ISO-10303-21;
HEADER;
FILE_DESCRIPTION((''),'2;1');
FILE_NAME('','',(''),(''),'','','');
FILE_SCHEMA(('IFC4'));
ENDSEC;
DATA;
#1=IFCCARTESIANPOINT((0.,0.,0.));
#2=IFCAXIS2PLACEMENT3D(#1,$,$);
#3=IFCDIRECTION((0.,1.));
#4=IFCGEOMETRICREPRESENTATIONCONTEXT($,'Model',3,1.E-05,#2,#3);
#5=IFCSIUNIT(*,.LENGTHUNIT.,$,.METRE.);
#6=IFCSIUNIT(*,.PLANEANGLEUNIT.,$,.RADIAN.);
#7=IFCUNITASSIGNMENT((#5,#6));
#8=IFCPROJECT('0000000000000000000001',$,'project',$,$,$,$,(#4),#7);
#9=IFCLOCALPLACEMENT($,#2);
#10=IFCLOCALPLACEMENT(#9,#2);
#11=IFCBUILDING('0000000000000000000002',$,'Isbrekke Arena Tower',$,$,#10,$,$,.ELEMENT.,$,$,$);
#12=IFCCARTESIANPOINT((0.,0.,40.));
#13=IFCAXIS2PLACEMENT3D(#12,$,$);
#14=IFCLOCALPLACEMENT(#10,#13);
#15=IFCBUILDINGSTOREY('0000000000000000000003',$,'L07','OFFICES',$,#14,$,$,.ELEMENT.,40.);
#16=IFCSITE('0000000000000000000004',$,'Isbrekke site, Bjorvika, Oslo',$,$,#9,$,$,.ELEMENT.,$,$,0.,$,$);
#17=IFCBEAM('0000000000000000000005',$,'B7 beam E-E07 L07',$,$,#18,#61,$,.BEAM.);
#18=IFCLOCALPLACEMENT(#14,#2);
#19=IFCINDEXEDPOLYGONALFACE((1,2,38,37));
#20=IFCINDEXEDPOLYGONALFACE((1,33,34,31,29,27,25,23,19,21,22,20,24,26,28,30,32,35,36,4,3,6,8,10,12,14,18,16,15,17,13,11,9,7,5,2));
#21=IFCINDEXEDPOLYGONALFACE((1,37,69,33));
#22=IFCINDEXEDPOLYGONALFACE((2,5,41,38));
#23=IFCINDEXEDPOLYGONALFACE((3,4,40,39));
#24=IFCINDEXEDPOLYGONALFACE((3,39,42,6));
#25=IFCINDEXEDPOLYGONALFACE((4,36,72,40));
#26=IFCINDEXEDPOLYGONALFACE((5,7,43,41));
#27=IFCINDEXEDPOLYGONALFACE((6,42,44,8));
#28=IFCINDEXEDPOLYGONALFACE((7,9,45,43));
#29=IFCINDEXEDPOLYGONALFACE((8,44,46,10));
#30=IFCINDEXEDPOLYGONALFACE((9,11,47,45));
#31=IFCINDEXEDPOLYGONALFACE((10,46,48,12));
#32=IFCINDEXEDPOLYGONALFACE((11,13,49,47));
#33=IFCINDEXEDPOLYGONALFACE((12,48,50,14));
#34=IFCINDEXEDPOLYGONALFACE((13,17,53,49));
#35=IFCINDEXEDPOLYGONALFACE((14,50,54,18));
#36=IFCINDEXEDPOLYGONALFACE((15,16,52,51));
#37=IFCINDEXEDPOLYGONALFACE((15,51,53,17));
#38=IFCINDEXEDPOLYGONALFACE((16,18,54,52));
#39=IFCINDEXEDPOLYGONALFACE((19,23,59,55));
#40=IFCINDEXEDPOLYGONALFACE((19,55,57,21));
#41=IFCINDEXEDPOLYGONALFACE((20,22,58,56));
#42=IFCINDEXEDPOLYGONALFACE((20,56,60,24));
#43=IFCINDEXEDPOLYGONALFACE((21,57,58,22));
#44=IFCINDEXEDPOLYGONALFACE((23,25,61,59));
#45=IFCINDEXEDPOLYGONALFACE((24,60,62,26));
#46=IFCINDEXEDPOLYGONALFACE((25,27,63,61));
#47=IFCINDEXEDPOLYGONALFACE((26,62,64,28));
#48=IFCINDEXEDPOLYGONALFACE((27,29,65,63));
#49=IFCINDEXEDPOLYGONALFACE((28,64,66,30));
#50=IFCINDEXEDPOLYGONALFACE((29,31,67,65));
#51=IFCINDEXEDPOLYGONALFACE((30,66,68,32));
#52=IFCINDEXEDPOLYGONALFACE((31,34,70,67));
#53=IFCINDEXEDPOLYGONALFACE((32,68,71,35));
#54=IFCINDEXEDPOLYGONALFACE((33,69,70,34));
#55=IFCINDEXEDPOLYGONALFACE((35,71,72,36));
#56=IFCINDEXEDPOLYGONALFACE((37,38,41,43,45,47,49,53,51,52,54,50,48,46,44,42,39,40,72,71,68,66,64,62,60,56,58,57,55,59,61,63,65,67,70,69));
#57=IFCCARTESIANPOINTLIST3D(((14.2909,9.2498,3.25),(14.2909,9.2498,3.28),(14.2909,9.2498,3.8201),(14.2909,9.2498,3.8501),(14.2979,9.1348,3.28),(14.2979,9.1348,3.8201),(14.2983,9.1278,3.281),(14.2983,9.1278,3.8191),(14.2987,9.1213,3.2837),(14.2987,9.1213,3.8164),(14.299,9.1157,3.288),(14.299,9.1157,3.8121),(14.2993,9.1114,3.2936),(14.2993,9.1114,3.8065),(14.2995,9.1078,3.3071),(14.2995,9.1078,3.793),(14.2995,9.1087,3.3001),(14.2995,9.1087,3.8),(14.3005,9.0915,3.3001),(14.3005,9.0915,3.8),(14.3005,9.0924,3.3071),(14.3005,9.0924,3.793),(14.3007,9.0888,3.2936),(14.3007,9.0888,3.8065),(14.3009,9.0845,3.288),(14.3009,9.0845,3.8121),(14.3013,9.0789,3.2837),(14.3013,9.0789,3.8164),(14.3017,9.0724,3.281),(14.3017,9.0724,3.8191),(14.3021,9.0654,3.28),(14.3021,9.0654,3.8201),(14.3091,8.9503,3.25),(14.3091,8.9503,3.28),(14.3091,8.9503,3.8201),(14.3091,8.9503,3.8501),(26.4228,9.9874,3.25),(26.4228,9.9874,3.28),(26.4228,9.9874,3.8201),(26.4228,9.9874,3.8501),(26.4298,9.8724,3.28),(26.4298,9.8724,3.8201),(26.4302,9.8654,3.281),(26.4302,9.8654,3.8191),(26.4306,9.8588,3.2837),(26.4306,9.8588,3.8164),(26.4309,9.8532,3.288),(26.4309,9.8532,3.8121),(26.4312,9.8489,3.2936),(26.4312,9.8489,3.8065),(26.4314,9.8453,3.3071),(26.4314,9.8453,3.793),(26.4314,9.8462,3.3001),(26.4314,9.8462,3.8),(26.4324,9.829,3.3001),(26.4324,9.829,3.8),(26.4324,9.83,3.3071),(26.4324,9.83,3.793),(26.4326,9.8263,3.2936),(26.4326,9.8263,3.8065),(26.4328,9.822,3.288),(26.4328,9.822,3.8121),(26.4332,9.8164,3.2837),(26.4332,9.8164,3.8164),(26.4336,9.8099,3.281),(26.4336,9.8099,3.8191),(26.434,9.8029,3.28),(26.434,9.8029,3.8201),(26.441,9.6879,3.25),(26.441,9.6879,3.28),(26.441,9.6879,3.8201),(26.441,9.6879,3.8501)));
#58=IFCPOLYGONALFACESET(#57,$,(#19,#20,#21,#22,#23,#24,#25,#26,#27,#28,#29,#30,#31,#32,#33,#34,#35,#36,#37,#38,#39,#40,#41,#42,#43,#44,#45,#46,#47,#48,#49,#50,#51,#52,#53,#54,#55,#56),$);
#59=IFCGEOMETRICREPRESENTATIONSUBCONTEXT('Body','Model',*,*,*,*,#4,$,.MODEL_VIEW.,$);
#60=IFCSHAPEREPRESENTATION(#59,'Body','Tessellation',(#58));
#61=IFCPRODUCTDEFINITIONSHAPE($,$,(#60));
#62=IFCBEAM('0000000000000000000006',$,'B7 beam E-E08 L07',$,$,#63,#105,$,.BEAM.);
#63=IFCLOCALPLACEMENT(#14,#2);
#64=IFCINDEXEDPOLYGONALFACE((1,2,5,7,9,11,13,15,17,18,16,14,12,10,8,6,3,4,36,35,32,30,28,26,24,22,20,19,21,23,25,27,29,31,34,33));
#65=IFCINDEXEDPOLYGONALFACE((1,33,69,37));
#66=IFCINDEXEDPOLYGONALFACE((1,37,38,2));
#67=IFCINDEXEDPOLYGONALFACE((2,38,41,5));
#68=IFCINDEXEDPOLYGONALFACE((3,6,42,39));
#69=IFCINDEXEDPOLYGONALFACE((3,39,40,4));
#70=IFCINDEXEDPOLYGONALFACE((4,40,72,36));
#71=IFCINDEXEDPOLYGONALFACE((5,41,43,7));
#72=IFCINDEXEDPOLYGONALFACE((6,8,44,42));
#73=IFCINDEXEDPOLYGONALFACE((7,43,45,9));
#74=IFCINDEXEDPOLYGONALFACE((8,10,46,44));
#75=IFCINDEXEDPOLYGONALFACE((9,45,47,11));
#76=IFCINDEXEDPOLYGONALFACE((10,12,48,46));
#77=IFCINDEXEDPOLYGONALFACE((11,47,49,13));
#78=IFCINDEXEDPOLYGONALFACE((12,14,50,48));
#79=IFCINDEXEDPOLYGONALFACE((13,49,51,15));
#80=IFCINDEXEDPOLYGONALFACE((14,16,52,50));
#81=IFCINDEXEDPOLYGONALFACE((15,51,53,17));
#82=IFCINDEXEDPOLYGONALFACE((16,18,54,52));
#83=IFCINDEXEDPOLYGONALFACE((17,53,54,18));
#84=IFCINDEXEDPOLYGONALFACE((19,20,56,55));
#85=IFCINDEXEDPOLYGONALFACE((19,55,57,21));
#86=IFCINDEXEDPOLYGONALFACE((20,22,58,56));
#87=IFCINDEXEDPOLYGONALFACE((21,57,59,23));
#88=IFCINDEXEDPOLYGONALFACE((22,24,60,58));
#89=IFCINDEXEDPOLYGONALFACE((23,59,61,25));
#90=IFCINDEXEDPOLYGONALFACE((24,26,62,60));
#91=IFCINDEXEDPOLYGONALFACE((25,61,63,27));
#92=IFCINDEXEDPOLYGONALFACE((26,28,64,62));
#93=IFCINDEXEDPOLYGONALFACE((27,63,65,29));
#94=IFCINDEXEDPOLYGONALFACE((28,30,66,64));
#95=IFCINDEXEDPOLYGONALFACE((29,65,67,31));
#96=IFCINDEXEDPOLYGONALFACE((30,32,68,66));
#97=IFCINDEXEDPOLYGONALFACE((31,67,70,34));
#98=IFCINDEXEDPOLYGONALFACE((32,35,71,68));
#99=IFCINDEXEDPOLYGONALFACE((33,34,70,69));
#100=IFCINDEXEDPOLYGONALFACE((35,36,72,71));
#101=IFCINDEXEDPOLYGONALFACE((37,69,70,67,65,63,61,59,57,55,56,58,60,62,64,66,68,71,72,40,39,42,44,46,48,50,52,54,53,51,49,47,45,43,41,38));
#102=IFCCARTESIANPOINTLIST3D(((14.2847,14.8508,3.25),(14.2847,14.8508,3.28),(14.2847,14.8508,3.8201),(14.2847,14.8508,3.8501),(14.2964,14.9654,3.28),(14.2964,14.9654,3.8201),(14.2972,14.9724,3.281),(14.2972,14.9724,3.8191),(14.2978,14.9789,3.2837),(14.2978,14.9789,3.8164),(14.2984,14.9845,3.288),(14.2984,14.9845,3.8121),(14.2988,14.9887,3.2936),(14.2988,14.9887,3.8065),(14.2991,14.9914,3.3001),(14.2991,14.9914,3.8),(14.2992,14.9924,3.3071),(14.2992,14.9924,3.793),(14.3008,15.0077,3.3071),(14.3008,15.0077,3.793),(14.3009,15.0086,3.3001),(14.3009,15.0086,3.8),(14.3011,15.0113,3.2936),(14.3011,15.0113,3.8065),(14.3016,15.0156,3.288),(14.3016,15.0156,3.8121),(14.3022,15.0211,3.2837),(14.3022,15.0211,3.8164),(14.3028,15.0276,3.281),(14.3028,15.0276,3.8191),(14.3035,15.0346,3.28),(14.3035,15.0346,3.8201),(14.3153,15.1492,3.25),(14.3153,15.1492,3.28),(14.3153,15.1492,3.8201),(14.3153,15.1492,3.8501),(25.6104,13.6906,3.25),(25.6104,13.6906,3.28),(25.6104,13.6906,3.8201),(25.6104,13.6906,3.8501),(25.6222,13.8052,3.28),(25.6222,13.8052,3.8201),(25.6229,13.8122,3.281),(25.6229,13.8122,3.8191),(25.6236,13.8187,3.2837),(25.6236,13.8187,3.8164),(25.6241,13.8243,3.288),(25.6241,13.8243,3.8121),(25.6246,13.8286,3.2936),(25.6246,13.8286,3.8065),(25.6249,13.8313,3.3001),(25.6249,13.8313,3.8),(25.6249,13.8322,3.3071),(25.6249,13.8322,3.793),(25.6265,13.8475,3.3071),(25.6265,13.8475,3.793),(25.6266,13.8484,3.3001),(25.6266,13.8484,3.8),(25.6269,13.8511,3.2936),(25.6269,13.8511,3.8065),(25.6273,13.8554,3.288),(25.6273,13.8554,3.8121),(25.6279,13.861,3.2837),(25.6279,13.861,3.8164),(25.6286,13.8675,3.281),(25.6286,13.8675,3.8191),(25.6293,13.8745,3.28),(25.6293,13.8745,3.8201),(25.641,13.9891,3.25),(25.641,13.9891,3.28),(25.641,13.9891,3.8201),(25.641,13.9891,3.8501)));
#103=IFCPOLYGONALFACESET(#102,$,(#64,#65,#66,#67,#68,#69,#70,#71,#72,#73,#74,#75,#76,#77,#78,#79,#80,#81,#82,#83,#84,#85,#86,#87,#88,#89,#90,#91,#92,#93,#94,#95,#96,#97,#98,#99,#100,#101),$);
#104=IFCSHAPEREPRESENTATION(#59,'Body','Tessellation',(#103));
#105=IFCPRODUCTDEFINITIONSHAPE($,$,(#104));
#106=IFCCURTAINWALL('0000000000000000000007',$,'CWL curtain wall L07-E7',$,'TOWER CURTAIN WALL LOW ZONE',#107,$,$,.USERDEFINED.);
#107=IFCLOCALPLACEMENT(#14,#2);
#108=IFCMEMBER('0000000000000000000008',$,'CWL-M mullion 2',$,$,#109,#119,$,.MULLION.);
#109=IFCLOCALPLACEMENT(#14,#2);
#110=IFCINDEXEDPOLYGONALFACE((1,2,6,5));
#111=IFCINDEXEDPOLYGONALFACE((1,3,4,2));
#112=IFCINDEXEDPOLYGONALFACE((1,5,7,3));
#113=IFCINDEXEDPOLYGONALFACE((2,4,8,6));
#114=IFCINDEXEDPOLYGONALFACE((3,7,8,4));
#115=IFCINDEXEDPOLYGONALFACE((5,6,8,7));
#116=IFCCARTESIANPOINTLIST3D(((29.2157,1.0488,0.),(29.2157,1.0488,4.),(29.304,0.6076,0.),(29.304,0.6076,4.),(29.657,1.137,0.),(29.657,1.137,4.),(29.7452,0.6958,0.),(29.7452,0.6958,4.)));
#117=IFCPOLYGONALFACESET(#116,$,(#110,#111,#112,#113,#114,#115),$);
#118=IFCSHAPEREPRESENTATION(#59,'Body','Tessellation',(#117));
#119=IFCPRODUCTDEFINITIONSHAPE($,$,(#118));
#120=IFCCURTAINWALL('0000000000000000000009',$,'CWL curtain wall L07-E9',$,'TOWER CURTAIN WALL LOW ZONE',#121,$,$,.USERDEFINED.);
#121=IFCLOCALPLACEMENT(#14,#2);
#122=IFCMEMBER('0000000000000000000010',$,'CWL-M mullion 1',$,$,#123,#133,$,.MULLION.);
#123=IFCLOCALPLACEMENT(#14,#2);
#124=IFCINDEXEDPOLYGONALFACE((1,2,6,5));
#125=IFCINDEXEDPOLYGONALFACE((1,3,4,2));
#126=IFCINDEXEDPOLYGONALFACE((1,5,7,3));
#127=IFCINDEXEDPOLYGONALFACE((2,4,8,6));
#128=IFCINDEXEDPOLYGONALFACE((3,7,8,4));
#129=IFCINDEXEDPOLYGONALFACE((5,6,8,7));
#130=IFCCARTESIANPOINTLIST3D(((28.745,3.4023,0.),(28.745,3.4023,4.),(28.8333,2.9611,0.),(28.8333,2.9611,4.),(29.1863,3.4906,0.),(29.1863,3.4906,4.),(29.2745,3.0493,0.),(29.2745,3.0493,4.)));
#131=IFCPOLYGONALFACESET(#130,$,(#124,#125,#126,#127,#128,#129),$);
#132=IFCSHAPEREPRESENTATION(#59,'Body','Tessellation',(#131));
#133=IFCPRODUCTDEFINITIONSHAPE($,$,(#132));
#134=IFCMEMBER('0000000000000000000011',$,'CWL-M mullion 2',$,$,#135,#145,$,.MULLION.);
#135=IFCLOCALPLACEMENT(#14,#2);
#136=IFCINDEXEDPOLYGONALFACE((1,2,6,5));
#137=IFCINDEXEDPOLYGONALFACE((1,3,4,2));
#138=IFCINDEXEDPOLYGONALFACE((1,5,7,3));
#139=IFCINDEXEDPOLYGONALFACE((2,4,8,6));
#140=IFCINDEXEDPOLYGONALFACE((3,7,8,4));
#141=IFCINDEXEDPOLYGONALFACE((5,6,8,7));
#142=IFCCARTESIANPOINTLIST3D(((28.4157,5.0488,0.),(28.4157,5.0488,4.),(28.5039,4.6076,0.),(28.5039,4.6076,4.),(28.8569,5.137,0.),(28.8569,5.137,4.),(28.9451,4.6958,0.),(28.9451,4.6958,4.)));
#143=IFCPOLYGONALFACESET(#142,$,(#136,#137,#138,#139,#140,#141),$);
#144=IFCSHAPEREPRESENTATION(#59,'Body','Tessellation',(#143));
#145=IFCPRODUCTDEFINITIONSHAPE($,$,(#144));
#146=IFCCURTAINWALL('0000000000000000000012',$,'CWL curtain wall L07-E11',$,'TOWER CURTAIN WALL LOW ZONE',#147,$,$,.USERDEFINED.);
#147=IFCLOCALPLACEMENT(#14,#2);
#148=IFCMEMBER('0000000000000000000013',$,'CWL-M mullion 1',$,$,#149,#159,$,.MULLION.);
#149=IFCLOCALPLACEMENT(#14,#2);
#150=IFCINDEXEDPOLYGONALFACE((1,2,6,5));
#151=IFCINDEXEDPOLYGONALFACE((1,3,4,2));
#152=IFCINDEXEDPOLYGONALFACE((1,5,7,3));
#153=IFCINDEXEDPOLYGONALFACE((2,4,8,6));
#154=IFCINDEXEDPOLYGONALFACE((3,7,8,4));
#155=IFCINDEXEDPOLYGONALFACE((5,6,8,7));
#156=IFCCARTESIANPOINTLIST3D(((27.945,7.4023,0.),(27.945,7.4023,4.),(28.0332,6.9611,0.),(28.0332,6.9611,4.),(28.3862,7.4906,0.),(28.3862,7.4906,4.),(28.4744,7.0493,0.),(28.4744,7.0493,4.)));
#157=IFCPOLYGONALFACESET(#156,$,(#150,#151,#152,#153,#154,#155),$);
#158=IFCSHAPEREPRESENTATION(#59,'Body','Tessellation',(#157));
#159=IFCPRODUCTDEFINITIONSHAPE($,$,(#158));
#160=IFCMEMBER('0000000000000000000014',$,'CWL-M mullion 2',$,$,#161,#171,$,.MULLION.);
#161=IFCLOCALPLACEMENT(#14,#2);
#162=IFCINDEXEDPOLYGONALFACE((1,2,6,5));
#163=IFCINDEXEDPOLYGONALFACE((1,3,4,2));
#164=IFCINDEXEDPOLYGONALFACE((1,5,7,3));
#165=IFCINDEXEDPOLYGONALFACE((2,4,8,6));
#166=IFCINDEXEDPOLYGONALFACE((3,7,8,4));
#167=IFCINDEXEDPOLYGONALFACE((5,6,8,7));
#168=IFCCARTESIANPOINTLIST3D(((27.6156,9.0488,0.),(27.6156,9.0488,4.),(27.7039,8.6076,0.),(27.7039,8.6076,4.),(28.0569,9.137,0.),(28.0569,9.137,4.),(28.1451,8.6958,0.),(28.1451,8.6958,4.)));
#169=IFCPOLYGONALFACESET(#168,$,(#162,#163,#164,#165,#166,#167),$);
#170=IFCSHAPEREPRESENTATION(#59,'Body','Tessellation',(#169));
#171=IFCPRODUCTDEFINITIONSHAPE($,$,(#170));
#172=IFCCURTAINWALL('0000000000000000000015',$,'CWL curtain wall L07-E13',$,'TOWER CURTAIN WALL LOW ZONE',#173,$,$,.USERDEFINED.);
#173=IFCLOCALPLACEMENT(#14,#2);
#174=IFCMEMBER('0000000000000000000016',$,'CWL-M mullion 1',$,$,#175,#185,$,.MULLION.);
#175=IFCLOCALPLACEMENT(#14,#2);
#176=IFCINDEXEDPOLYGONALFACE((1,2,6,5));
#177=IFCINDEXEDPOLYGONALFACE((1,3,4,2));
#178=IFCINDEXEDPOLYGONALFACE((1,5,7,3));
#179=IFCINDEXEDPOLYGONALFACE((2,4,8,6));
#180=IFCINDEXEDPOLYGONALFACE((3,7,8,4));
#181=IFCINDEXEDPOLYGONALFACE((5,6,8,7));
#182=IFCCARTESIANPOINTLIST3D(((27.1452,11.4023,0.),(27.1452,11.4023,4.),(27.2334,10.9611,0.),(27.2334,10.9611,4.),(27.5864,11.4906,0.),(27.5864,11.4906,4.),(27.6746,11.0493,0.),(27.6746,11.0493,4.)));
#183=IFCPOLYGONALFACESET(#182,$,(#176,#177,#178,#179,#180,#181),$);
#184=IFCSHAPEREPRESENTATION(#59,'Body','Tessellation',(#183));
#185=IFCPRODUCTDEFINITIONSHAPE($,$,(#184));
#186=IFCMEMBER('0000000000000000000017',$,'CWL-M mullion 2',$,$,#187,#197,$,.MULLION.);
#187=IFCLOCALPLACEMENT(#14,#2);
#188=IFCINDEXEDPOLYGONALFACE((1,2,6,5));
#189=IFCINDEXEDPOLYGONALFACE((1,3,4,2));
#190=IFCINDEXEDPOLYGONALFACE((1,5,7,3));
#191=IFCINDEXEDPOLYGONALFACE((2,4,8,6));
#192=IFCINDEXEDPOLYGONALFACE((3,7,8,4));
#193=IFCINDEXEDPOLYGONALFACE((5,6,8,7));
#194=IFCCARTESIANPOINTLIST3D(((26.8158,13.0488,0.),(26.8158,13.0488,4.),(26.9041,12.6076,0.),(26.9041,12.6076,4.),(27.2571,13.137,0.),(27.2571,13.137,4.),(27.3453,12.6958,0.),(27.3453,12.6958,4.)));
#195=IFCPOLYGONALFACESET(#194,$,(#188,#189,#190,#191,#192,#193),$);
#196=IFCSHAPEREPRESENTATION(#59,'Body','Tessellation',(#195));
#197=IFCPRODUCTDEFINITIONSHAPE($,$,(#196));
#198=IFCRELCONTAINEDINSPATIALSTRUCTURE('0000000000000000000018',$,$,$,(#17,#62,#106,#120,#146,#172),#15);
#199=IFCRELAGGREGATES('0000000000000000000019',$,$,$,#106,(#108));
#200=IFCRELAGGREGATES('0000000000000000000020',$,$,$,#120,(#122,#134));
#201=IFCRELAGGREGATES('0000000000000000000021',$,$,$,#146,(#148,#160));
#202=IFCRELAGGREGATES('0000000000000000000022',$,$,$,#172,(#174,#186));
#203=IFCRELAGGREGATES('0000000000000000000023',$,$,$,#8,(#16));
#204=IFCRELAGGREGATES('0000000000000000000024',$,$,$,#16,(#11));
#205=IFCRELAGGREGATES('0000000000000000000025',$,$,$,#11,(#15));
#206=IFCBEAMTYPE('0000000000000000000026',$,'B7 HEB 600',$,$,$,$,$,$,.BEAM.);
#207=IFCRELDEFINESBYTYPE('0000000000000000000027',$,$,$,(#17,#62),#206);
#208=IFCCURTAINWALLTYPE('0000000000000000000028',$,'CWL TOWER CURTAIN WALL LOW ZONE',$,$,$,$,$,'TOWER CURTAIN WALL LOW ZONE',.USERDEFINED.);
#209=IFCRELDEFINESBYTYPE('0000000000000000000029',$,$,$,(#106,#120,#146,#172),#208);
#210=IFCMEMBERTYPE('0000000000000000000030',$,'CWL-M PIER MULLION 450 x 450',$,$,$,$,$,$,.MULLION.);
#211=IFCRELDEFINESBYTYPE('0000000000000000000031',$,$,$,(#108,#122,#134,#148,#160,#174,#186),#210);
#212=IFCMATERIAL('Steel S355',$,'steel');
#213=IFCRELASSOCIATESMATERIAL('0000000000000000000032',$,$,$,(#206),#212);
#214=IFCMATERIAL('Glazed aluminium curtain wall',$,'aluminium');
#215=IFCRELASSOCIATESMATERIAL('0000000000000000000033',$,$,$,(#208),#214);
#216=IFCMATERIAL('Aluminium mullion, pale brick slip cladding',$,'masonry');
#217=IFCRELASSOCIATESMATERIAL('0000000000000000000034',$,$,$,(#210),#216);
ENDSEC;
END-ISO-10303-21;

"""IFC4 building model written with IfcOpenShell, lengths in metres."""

from ifc_helpers import new_model, si_unit, direction, frame, origin, origin_2d, place, context, subcontext, project, spatial, rectangle, i_section, extrude, material, material_profile, profile_set, type_object, element, aggregate, save


model = new_model("IFC4")

# Units and contexts
model_context = context("Model", 3, precision=1e-05, world=origin(), true_north=direction((0.0, 1.0)))
body_context = subcontext(model_context, "Body", "Model", "MODEL_VIEW")
ifc_project = project(units=[si_unit("LENGTHUNIT", "METRE"), si_unit("PLANEANGLEUNIT", "RADIAN")], contexts=[model_context])

# Site, building, storey
site_placement = place(None, origin())
site = spatial("IfcSite", under=ifc_project, at=site_placement, Name="Isbrekke site, Bjorvika, Oslo", CompositionType="ELEMENT", RefElevation=0.0)
building_placement = place(site_placement, origin())
building = spatial("IfcBuilding", under=site, at=building_placement, Name="Isbrekke Arena Tower", CompositionType="ELEMENT")
storey_placement = place(building_placement, frame((0.0, 0.0, 40.0)))
storey = spatial("IfcBuildingStorey", under=building, at=storey_placement, Name="L07", Description="OFFICES", CompositionType="ELEMENT", Elevation=40.0)

# Beams
ifc_material_1 = material(Name="Steel S355", Category="steel")
ifc_material_profile_1 = material_profile(ifc_material_1, i_section(OverallWidth=0.3, OverallDepth=0.6001, WebThickness=0.0154, FlangeThickness=0.03, FilletRadius=0.0271, at=origin_2d()), Name="HEB 600")
ifc_profile_set_1 = profile_set([ifc_material_profile_1], Name="Steel S355")
beam_type_1 = type_object("IfcBeamType", Name="B7 HEB 600", PredefinedType="BEAM", material=ifc_profile_set_1)
beam_1_placement = place(storey_placement, frame((26.4319, 9.8376, 3.55), z_axis=(-0.998157, -0.060682, 0.0), x_axis=(0.060682, -0.998157, 0.0)))
element("IfcBeam", 1, at=beam_1_placement, inside=storey, type_object=beam_type_1, Name="B7 beam E-E07 L07", PredefinedType="BEAM", context=body_context, shape_type="SweptSolid", body=[
    extrude(i_section(OverallWidth=0.3, OverallDepth=0.6001, WebThickness=0.0154, FlangeThickness=0.03, FilletRadius=0.0271, at=origin_2d()), origin(), (0.0, 0.0, 1.0), 12.1543),
])
beam_2_placement = place(storey_placement, frame((25.6257, 13.8398, 3.55), z_axis=(-0.994794, 0.101903, 0.0), x_axis=(-0.101903, -0.994794, 0.0)))
element("IfcBeam", 2, at=beam_2_placement, inside=storey, type_object=beam_type_1, Name="B7 beam E-E08 L07", PredefinedType="BEAM", context=body_context, shape_type="SweptSolid", body=[
    extrude(i_section(OverallWidth=0.3, OverallDepth=0.6001, WebThickness=0.0154, FlangeThickness=0.03, FilletRadius=0.0271, at=origin_2d()), origin(), (0.0, 0.0, 1.0), 11.385),
])

# Curtain wall, member
ifc_material_2 = material(Name="Glazed aluminium curtain wall", Category="aluminium")
curtain_wall_type = type_object("IfcCurtainWallType", Name="CWL TOWER CURTAIN WALL LOW ZONE", ElementType="TOWER CURTAIN WALL LOW ZONE", PredefinedType="USERDEFINED", material=ifc_material_2)
curtain_wall_1_placement = place(storey_placement, origin())
curtain_wall_1 = element("IfcCurtainWall", 3, at=curtain_wall_1_placement, inside=storey, type_object=curtain_wall_type, Name="CWL curtain wall L07-E7", ObjectType="TOWER CURTAIN WALL LOW ZONE", PredefinedType="USERDEFINED")
ifc_material_3 = material(Name="Aluminium mullion, pale brick slip cladding", Category="masonry")
ifc_material_profile_2 = material_profile(ifc_material_3, rectangle(XDim=0.45, YDim=0.45, at=origin_2d()), Name="PIER 450X450")
ifc_profile_set_2 = profile_set([ifc_material_profile_2], Name="Aluminium mullion, pale brick slip cladding")
member_type_1 = type_object("IfcMemberType", Name="CWL-M PIER MULLION 450 x 450", PredefinedType="MULLION", material=ifc_profile_set_2)
member_1_placement = place(storey_placement, frame((29.4805, 0.8723, 0.0), z_axis=(0.0, 0.0, 1.0), x_axis=(-0.196116, 0.980581, 0.0)))
member_1 = element("IfcMember", 4, at=member_1_placement, type_object=member_type_1, Name="CWL-M mullion 2", PredefinedType="MULLION", context=body_context, shape_type="SweptSolid", body=[
    extrude(rectangle(XDim=0.45, YDim=0.45, at=origin_2d()), origin(), (0.0, 0.0, 1.0), 4.0),
])

# Curtain walls, members
curtain_wall_2_placement = place(storey_placement, origin())
curtain_wall_2 = element("IfcCurtainWall", 5, at=curtain_wall_2_placement, inside=storey, type_object=curtain_wall_type, Name="CWL curtain wall L07-E9", ObjectType="TOWER CURTAIN WALL LOW ZONE", PredefinedType="USERDEFINED")
member_2_placement = place(storey_placement, frame((29.0098, 3.2258, 0.0), z_axis=(0.0, 0.0, 1.0), x_axis=(-0.196116, 0.980581, 0.0)))
member_2 = element("IfcMember", 6, at=member_2_placement, type_object=member_type_1, Name="CWL-M mullion 1", PredefinedType="MULLION", context=body_context, shape_type="SweptSolid", body=[
    extrude(rectangle(XDim=0.45, YDim=0.45, at=origin_2d()), origin(), (0.0, 0.0, 1.0), 4.0),
])
member_3_placement = place(storey_placement, frame((28.6804, 4.8723, 0.0), z_axis=(0.0, 0.0, 1.0), x_axis=(-0.196116, 0.980581, 0.0)))
member_3 = element("IfcMember", 7, at=member_3_placement, type_object=member_type_1, Name="CWL-M mullion 2", PredefinedType="MULLION", context=body_context, shape_type="SweptSolid", body=[
    extrude(rectangle(XDim=0.45, YDim=0.45, at=origin_2d()), origin(), (0.0, 0.0, 1.0), 4.0),
])
curtain_wall_3_placement = place(storey_placement, origin())
curtain_wall_3 = element("IfcCurtainWall", 8, at=curtain_wall_3_placement, inside=storey, type_object=curtain_wall_type, Name="CWL curtain wall L07-E11", ObjectType="TOWER CURTAIN WALL LOW ZONE", PredefinedType="USERDEFINED")
member_4_placement = place(storey_placement, frame((28.2097, 7.2258, 0.0), z_axis=(0.0, 0.0, 1.0), x_axis=(-0.196116, 0.980581, 0.0)))
member_4 = element("IfcMember", 9, at=member_4_placement, type_object=member_type_1, Name="CWL-M mullion 1", PredefinedType="MULLION", context=body_context, shape_type="SweptSolid", body=[
    extrude(rectangle(XDim=0.45, YDim=0.45, at=origin_2d()), origin(), (0.0, 0.0, 1.0), 4.0),
])
member_5_placement = place(storey_placement, frame((27.8804, 8.8723, 0.0), z_axis=(0.0, 0.0, 1.0), x_axis=(-0.196116, 0.980581, 0.0)))
member_5 = element("IfcMember", 10, at=member_5_placement, type_object=member_type_1, Name="CWL-M mullion 2", PredefinedType="MULLION", context=body_context, shape_type="SweptSolid", body=[
    extrude(rectangle(XDim=0.45, YDim=0.45, at=origin_2d()), origin(), (0.0, 0.0, 1.0), 4.0),
])
curtain_wall_4_placement = place(storey_placement, origin())
curtain_wall_4 = element("IfcCurtainWall", 11, at=curtain_wall_4_placement, inside=storey, type_object=curtain_wall_type, Name="CWL curtain wall L07-E13", ObjectType="TOWER CURTAIN WALL LOW ZONE", PredefinedType="USERDEFINED")
member_6_placement = place(storey_placement, frame((27.4099, 11.2258, 0.0), z_axis=(0.0, 0.0, 1.0), x_axis=(-0.196116, 0.980581, 0.0)))
member_6 = element("IfcMember", 12, at=member_6_placement, type_object=member_type_1, Name="CWL-M mullion 1", PredefinedType="MULLION", context=body_context, shape_type="SweptSolid", body=[
    extrude(rectangle(XDim=0.45, YDim=0.45, at=origin_2d()), origin(), (0.0, 0.0, 1.0), 4.0),
])
member_7_placement = place(storey_placement, frame((27.0806, 12.8723, 0.0), z_axis=(0.0, 0.0, 1.0), x_axis=(-0.196116, 0.980581, 0.0)))
member_7 = element("IfcMember", 13, at=member_7_placement, type_object=member_type_1, Name="CWL-M mullion 2", PredefinedType="MULLION", context=body_context, shape_type="SweptSolid", body=[
    extrude(rectangle(XDim=0.45, YDim=0.45, at=origin_2d()), origin(), (0.0, 0.0, 1.0), 4.0),
])

aggregate(curtain_wall_1, [member_1])
aggregate(curtain_wall_2, [member_2, member_3])
aggregate(curtain_wall_3, [member_4, member_5])
aggregate(curtain_wall_4, [member_6, member_7])

save(model, "model.ifc")
